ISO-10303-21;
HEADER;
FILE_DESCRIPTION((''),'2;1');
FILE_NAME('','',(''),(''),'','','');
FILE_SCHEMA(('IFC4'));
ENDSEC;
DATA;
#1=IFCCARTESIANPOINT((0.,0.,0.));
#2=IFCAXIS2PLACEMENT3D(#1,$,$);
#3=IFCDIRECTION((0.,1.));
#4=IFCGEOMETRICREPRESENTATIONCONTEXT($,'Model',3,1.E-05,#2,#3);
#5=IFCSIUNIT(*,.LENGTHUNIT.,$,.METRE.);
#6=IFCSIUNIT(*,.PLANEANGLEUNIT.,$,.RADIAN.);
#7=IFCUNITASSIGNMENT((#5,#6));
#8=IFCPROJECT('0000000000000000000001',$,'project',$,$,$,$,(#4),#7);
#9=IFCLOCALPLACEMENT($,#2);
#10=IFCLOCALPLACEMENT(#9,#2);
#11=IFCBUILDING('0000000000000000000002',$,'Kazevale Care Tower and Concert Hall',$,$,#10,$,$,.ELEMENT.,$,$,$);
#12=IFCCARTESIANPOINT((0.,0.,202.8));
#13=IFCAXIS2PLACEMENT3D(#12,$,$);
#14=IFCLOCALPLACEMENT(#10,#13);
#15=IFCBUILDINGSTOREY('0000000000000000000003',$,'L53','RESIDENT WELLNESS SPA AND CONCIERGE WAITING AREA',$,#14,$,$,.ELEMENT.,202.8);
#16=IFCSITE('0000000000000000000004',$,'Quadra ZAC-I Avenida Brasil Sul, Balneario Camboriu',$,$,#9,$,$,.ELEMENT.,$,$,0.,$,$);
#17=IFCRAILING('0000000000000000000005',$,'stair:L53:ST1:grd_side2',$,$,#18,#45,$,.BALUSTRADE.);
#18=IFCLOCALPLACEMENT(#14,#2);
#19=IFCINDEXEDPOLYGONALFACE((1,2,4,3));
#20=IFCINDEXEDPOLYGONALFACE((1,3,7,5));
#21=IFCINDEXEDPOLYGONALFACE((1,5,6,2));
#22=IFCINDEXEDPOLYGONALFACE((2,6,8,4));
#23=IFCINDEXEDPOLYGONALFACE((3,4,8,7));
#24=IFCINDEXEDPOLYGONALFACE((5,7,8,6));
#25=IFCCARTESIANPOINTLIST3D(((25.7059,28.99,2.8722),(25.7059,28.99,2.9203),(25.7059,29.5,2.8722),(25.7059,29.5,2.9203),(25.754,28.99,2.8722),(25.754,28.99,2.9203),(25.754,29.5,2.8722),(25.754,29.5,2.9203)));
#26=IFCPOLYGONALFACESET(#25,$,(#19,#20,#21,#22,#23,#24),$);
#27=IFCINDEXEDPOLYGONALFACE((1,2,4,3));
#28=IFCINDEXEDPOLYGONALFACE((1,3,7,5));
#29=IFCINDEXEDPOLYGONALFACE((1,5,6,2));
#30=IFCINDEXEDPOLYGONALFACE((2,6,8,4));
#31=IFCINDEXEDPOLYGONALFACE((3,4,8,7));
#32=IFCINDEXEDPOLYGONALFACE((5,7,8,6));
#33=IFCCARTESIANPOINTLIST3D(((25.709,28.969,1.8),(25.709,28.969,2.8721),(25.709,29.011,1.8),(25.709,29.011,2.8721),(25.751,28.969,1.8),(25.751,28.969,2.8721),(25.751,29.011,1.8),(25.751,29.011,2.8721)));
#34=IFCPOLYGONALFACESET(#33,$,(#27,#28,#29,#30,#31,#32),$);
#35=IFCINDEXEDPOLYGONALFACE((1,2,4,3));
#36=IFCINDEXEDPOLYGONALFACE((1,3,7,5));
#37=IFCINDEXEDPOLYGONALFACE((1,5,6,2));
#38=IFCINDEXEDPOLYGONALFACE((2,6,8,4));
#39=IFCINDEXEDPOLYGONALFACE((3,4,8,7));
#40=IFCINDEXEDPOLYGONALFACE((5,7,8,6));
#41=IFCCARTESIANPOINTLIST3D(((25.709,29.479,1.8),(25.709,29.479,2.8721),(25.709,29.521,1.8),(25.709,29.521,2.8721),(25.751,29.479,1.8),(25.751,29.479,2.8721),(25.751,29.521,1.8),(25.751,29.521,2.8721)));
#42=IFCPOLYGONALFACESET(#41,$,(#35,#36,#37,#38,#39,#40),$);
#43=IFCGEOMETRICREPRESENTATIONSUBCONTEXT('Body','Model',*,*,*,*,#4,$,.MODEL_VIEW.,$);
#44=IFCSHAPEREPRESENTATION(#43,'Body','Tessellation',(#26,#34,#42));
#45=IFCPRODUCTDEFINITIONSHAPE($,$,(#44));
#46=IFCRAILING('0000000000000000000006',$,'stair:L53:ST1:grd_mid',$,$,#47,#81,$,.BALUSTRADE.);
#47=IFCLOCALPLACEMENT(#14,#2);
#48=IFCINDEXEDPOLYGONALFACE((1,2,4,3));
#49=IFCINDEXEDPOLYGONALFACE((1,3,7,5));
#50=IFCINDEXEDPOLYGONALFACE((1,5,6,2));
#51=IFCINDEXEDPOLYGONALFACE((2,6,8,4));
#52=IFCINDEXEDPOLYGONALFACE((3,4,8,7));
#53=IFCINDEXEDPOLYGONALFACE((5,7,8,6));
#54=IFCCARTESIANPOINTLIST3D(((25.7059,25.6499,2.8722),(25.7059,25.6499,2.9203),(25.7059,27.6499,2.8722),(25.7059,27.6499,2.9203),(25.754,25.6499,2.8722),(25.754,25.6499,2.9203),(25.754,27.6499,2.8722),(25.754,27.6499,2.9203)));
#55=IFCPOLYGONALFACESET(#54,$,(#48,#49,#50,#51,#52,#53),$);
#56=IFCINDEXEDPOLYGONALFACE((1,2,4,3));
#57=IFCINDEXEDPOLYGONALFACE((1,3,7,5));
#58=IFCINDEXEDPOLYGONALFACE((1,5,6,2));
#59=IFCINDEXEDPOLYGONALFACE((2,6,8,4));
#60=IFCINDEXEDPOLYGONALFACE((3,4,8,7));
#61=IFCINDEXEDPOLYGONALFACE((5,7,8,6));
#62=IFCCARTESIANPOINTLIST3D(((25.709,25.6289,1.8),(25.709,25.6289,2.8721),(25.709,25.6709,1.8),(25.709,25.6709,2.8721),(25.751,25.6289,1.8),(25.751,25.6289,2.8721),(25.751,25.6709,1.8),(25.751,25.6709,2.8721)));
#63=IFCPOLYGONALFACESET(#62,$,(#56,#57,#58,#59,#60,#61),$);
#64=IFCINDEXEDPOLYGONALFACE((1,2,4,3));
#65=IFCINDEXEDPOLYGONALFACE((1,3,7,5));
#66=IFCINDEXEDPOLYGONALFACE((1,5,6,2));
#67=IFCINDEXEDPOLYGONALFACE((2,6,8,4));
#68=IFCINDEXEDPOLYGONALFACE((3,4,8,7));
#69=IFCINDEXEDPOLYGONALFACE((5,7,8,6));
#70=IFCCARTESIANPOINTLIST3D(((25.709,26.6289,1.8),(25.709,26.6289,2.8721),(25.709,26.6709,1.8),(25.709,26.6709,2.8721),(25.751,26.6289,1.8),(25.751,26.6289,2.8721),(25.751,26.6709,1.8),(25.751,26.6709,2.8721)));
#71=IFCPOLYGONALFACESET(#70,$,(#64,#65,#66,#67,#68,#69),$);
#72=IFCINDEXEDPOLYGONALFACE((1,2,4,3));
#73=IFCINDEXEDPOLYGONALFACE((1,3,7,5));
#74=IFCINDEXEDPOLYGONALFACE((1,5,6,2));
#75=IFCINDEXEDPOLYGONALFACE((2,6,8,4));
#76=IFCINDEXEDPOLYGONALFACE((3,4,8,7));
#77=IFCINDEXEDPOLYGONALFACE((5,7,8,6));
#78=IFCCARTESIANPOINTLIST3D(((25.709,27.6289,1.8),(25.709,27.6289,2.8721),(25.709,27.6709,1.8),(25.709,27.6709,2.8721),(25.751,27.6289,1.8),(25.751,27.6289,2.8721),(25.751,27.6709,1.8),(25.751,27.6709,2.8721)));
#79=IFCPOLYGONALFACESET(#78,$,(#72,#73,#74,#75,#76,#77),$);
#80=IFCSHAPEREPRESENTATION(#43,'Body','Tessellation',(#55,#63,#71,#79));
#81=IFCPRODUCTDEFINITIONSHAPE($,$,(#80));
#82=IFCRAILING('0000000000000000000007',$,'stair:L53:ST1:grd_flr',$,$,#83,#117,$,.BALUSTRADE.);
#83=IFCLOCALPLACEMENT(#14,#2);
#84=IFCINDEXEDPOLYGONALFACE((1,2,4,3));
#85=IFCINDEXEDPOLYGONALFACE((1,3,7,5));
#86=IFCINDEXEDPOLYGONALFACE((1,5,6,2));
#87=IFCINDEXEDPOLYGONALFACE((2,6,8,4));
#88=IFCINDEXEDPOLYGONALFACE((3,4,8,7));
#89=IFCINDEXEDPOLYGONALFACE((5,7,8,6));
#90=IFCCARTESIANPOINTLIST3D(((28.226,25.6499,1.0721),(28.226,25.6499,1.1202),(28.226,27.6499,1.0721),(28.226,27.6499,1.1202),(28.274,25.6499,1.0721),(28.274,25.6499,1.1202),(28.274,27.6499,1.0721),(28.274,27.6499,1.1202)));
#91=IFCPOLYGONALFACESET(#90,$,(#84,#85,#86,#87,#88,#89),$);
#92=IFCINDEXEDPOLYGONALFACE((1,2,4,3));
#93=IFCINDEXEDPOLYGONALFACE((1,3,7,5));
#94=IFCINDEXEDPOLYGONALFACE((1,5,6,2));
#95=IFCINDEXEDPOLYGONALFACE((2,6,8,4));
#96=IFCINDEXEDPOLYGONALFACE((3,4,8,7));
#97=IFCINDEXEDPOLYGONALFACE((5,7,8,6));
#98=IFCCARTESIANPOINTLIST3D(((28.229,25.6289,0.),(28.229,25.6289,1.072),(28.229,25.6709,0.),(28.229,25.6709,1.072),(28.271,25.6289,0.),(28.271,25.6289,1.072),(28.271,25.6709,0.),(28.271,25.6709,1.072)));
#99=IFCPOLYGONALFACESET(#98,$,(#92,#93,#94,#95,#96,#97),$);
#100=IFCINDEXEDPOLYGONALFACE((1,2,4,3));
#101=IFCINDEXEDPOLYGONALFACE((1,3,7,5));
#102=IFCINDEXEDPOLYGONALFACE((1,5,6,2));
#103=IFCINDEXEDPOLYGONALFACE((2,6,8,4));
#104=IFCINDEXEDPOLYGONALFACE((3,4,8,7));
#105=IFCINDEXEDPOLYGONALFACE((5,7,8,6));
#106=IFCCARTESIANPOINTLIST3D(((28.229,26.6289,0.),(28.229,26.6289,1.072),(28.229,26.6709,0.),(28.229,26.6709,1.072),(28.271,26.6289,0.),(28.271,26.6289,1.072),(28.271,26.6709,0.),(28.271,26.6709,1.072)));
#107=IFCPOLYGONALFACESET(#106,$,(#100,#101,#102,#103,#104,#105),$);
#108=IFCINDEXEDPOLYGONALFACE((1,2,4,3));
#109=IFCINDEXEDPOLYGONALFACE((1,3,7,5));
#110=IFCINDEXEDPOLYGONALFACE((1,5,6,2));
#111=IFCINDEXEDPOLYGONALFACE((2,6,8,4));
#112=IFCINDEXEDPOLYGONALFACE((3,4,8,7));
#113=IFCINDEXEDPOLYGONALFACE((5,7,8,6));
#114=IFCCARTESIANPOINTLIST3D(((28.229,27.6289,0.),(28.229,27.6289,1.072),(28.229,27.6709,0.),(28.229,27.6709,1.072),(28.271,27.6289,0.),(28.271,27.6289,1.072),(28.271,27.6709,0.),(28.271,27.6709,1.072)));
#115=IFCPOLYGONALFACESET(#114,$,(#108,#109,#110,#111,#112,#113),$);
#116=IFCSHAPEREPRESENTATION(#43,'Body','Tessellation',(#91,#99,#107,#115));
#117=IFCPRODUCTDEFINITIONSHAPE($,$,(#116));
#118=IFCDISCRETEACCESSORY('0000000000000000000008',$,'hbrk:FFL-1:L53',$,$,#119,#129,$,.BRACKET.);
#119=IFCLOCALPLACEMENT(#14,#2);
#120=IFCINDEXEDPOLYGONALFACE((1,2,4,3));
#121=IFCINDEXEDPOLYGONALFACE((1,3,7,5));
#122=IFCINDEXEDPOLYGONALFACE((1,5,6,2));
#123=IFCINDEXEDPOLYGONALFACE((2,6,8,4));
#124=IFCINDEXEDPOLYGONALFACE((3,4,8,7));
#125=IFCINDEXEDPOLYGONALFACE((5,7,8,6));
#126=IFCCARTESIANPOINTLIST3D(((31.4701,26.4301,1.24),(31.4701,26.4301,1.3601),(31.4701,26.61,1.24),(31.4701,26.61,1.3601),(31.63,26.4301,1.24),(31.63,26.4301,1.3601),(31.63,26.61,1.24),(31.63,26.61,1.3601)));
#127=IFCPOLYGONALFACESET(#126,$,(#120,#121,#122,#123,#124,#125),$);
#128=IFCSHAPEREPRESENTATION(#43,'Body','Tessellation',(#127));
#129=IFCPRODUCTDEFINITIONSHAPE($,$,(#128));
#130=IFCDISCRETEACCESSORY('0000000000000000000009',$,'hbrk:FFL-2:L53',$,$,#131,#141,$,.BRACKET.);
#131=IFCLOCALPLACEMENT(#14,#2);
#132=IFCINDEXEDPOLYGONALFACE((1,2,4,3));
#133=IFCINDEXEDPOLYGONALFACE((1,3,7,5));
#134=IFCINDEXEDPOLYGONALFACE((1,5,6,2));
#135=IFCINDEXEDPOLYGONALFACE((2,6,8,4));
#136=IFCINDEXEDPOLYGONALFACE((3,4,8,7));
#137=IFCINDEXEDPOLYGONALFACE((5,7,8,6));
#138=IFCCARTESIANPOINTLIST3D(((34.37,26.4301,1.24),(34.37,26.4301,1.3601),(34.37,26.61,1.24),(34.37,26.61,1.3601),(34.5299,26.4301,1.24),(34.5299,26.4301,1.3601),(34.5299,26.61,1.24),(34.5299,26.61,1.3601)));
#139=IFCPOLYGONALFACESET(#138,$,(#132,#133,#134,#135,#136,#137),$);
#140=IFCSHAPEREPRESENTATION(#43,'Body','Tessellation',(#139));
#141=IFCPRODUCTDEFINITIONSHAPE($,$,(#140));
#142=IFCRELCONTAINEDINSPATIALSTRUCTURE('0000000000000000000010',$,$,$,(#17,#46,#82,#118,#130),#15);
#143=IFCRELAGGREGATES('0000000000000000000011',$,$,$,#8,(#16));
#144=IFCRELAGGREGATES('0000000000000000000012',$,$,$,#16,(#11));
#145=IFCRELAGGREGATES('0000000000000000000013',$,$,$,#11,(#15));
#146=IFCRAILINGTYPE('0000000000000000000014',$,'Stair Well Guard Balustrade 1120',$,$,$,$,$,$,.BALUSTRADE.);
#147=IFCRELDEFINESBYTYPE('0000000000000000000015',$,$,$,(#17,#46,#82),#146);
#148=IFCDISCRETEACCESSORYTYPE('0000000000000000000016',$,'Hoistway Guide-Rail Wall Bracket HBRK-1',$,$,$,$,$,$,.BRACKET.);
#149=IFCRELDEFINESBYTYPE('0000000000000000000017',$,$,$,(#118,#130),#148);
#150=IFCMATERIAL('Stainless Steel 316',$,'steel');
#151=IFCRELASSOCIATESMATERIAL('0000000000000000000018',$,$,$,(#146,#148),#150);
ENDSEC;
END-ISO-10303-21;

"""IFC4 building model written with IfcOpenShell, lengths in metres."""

from ifc_helpers import new_model, si_unit, direction, frame, origin, origin_2d, place, context, subcontext, project, spatial, rectangle, extrude, material, type_object, element, save


model = new_model("IFC4")

# Units and contexts
model_context = context("Model", 3, precision=1e-05, world=origin(), true_north=direction((0.0, 1.0)))
body_context = subcontext(model_context, "Body", "Model", "MODEL_VIEW")
ifc_project = project(units=[si_unit("LENGTHUNIT", "METRE"), si_unit("PLANEANGLEUNIT", "RADIAN")], contexts=[model_context])

# Site, building, storey
site_placement = place(None, origin())
site = spatial("IfcSite", under=ifc_project, at=site_placement, Name="Quadra ZAC-I Avenida Brasil Sul, Balneario Camboriu", CompositionType="ELEMENT", RefElevation=0.0)
building_placement = place(site_placement, origin())
building = spatial("IfcBuilding", under=site, at=building_placement, Name="Kazevale Care Tower and Concert Hall", CompositionType="ELEMENT")
storey_placement = place(building_placement, frame((0.0, 0.0, 202.8)))
storey = spatial("IfcBuildingStorey", under=building, at=storey_placement, Name="L53", Description="RESIDENT WELLNESS SPA AND CONCIERGE WAITING AREA", CompositionType="ELEMENT", Elevation=202.8)

# Shared definitions
ifc_material_1 = material(Name="Stainless Steel 316", Category="steel")

# Railings
railing_type_1 = type_object("IfcRailingType", Name="Stair Well Guard Balustrade 1120", PredefinedType="BALUSTRADE", material=ifc_material_1)
railing_1_placement = place(storey_placement, frame((25.73, 28.99, 1.8)))
element("IfcRailing", 1, at=railing_1_placement, inside=storey, type_object=railing_type_1, Name="stair:L53:ST1:grd_side2", PredefinedType="BALUSTRADE", context=body_context, shape_type="SweptSolid", body=[
    extrude(rectangle(XDim=0.0481, YDim=0.0481, at=origin_2d()), frame((0.0, 0.0, 1.0962), z_axis=(0.0, 1.0, 0.0), x_axis=(-1.0, 0.0, 0.0)), (0.0, 0.0, 1.0), 0.51),
    extrude(rectangle(XDim=0.042, YDim=0.042, at=origin_2d()), origin(), (0.0, 0.0, 1.0), 1.072),
    extrude(rectangle(XDim=0.042, YDim=0.042, at=origin_2d()), frame((0.0, 0.51, 0.0)), (0.0, 0.0, 1.0), 1.072),
])
for number, where, name in (
    (2, (25.73, 25.6499, 1.8), "stair:L53:ST1:grd_mid"),
    (3, (28.25, 25.6499, 0.0), "stair:L53:ST1:grd_flr"),
):
    element("IfcRailing", number, at=place(storey_placement, frame(where)), inside=storey, type_object=railing_type_1, Name=name, PredefinedType="BALUSTRADE", context=body_context, shape_type="SweptSolid", body=[
        extrude(rectangle(XDim=0.0481, YDim=0.0481, at=origin_2d()), frame((0.0, 0.0, 1.0962), z_axis=(0.0, 1.0, 0.0), x_axis=(-1.0, 0.0, 0.0)), (0.0, 0.0, 1.0), 2.0),
        extrude(rectangle(XDim=0.042, YDim=0.042, at=origin_2d()), origin(), (0.0, 0.0, 1.0), 1.072),
        extrude(rectangle(XDim=0.042, YDim=0.042, at=origin_2d()), frame((0.0, 1.0, 0.0)), (0.0, 0.0, 1.0), 1.072),
        extrude(rectangle(XDim=0.042, YDim=0.042, at=origin_2d()), frame((0.0, 2.0, 0.0)), (0.0, 0.0, 1.0), 1.072),
    ])

# Discrete accessories
discrete_accessory_type = type_object("IfcDiscreteAccessoryType", Name="Hoistway Guide-Rail Wall Bracket HBRK-1", PredefinedType="BRACKET", material=ifc_material_1)
for number, where, z_axis, x_axis, name in (
    (4, (31.55, 26.52, 1.24), (0.0, 0.0, 1.0), (1.0, 0.0, 0.0), "hbrk:FFL-1:L53"),
    (5, (34.45, 26.52, 1.24), (0.0, 0.0, 1.0), (1.0, 0.0, 0.0), "hbrk:FFL-2:L53"),
):
    element("IfcDiscreteAccessory", number, at=place(storey_placement, frame(where, z_axis=z_axis, x_axis=x_axis)), inside=storey, type_object=discrete_accessory_type, Name=name, PredefinedType="BRACKET", context=body_context, shape_type="SweptSolid", body=[
        extrude(rectangle(XDim=0.1599, YDim=0.1799, at=origin_2d()), origin(), (0.0, 0.0, 1.0), 0.1201),
    ])

save(model, "model.ifc")
